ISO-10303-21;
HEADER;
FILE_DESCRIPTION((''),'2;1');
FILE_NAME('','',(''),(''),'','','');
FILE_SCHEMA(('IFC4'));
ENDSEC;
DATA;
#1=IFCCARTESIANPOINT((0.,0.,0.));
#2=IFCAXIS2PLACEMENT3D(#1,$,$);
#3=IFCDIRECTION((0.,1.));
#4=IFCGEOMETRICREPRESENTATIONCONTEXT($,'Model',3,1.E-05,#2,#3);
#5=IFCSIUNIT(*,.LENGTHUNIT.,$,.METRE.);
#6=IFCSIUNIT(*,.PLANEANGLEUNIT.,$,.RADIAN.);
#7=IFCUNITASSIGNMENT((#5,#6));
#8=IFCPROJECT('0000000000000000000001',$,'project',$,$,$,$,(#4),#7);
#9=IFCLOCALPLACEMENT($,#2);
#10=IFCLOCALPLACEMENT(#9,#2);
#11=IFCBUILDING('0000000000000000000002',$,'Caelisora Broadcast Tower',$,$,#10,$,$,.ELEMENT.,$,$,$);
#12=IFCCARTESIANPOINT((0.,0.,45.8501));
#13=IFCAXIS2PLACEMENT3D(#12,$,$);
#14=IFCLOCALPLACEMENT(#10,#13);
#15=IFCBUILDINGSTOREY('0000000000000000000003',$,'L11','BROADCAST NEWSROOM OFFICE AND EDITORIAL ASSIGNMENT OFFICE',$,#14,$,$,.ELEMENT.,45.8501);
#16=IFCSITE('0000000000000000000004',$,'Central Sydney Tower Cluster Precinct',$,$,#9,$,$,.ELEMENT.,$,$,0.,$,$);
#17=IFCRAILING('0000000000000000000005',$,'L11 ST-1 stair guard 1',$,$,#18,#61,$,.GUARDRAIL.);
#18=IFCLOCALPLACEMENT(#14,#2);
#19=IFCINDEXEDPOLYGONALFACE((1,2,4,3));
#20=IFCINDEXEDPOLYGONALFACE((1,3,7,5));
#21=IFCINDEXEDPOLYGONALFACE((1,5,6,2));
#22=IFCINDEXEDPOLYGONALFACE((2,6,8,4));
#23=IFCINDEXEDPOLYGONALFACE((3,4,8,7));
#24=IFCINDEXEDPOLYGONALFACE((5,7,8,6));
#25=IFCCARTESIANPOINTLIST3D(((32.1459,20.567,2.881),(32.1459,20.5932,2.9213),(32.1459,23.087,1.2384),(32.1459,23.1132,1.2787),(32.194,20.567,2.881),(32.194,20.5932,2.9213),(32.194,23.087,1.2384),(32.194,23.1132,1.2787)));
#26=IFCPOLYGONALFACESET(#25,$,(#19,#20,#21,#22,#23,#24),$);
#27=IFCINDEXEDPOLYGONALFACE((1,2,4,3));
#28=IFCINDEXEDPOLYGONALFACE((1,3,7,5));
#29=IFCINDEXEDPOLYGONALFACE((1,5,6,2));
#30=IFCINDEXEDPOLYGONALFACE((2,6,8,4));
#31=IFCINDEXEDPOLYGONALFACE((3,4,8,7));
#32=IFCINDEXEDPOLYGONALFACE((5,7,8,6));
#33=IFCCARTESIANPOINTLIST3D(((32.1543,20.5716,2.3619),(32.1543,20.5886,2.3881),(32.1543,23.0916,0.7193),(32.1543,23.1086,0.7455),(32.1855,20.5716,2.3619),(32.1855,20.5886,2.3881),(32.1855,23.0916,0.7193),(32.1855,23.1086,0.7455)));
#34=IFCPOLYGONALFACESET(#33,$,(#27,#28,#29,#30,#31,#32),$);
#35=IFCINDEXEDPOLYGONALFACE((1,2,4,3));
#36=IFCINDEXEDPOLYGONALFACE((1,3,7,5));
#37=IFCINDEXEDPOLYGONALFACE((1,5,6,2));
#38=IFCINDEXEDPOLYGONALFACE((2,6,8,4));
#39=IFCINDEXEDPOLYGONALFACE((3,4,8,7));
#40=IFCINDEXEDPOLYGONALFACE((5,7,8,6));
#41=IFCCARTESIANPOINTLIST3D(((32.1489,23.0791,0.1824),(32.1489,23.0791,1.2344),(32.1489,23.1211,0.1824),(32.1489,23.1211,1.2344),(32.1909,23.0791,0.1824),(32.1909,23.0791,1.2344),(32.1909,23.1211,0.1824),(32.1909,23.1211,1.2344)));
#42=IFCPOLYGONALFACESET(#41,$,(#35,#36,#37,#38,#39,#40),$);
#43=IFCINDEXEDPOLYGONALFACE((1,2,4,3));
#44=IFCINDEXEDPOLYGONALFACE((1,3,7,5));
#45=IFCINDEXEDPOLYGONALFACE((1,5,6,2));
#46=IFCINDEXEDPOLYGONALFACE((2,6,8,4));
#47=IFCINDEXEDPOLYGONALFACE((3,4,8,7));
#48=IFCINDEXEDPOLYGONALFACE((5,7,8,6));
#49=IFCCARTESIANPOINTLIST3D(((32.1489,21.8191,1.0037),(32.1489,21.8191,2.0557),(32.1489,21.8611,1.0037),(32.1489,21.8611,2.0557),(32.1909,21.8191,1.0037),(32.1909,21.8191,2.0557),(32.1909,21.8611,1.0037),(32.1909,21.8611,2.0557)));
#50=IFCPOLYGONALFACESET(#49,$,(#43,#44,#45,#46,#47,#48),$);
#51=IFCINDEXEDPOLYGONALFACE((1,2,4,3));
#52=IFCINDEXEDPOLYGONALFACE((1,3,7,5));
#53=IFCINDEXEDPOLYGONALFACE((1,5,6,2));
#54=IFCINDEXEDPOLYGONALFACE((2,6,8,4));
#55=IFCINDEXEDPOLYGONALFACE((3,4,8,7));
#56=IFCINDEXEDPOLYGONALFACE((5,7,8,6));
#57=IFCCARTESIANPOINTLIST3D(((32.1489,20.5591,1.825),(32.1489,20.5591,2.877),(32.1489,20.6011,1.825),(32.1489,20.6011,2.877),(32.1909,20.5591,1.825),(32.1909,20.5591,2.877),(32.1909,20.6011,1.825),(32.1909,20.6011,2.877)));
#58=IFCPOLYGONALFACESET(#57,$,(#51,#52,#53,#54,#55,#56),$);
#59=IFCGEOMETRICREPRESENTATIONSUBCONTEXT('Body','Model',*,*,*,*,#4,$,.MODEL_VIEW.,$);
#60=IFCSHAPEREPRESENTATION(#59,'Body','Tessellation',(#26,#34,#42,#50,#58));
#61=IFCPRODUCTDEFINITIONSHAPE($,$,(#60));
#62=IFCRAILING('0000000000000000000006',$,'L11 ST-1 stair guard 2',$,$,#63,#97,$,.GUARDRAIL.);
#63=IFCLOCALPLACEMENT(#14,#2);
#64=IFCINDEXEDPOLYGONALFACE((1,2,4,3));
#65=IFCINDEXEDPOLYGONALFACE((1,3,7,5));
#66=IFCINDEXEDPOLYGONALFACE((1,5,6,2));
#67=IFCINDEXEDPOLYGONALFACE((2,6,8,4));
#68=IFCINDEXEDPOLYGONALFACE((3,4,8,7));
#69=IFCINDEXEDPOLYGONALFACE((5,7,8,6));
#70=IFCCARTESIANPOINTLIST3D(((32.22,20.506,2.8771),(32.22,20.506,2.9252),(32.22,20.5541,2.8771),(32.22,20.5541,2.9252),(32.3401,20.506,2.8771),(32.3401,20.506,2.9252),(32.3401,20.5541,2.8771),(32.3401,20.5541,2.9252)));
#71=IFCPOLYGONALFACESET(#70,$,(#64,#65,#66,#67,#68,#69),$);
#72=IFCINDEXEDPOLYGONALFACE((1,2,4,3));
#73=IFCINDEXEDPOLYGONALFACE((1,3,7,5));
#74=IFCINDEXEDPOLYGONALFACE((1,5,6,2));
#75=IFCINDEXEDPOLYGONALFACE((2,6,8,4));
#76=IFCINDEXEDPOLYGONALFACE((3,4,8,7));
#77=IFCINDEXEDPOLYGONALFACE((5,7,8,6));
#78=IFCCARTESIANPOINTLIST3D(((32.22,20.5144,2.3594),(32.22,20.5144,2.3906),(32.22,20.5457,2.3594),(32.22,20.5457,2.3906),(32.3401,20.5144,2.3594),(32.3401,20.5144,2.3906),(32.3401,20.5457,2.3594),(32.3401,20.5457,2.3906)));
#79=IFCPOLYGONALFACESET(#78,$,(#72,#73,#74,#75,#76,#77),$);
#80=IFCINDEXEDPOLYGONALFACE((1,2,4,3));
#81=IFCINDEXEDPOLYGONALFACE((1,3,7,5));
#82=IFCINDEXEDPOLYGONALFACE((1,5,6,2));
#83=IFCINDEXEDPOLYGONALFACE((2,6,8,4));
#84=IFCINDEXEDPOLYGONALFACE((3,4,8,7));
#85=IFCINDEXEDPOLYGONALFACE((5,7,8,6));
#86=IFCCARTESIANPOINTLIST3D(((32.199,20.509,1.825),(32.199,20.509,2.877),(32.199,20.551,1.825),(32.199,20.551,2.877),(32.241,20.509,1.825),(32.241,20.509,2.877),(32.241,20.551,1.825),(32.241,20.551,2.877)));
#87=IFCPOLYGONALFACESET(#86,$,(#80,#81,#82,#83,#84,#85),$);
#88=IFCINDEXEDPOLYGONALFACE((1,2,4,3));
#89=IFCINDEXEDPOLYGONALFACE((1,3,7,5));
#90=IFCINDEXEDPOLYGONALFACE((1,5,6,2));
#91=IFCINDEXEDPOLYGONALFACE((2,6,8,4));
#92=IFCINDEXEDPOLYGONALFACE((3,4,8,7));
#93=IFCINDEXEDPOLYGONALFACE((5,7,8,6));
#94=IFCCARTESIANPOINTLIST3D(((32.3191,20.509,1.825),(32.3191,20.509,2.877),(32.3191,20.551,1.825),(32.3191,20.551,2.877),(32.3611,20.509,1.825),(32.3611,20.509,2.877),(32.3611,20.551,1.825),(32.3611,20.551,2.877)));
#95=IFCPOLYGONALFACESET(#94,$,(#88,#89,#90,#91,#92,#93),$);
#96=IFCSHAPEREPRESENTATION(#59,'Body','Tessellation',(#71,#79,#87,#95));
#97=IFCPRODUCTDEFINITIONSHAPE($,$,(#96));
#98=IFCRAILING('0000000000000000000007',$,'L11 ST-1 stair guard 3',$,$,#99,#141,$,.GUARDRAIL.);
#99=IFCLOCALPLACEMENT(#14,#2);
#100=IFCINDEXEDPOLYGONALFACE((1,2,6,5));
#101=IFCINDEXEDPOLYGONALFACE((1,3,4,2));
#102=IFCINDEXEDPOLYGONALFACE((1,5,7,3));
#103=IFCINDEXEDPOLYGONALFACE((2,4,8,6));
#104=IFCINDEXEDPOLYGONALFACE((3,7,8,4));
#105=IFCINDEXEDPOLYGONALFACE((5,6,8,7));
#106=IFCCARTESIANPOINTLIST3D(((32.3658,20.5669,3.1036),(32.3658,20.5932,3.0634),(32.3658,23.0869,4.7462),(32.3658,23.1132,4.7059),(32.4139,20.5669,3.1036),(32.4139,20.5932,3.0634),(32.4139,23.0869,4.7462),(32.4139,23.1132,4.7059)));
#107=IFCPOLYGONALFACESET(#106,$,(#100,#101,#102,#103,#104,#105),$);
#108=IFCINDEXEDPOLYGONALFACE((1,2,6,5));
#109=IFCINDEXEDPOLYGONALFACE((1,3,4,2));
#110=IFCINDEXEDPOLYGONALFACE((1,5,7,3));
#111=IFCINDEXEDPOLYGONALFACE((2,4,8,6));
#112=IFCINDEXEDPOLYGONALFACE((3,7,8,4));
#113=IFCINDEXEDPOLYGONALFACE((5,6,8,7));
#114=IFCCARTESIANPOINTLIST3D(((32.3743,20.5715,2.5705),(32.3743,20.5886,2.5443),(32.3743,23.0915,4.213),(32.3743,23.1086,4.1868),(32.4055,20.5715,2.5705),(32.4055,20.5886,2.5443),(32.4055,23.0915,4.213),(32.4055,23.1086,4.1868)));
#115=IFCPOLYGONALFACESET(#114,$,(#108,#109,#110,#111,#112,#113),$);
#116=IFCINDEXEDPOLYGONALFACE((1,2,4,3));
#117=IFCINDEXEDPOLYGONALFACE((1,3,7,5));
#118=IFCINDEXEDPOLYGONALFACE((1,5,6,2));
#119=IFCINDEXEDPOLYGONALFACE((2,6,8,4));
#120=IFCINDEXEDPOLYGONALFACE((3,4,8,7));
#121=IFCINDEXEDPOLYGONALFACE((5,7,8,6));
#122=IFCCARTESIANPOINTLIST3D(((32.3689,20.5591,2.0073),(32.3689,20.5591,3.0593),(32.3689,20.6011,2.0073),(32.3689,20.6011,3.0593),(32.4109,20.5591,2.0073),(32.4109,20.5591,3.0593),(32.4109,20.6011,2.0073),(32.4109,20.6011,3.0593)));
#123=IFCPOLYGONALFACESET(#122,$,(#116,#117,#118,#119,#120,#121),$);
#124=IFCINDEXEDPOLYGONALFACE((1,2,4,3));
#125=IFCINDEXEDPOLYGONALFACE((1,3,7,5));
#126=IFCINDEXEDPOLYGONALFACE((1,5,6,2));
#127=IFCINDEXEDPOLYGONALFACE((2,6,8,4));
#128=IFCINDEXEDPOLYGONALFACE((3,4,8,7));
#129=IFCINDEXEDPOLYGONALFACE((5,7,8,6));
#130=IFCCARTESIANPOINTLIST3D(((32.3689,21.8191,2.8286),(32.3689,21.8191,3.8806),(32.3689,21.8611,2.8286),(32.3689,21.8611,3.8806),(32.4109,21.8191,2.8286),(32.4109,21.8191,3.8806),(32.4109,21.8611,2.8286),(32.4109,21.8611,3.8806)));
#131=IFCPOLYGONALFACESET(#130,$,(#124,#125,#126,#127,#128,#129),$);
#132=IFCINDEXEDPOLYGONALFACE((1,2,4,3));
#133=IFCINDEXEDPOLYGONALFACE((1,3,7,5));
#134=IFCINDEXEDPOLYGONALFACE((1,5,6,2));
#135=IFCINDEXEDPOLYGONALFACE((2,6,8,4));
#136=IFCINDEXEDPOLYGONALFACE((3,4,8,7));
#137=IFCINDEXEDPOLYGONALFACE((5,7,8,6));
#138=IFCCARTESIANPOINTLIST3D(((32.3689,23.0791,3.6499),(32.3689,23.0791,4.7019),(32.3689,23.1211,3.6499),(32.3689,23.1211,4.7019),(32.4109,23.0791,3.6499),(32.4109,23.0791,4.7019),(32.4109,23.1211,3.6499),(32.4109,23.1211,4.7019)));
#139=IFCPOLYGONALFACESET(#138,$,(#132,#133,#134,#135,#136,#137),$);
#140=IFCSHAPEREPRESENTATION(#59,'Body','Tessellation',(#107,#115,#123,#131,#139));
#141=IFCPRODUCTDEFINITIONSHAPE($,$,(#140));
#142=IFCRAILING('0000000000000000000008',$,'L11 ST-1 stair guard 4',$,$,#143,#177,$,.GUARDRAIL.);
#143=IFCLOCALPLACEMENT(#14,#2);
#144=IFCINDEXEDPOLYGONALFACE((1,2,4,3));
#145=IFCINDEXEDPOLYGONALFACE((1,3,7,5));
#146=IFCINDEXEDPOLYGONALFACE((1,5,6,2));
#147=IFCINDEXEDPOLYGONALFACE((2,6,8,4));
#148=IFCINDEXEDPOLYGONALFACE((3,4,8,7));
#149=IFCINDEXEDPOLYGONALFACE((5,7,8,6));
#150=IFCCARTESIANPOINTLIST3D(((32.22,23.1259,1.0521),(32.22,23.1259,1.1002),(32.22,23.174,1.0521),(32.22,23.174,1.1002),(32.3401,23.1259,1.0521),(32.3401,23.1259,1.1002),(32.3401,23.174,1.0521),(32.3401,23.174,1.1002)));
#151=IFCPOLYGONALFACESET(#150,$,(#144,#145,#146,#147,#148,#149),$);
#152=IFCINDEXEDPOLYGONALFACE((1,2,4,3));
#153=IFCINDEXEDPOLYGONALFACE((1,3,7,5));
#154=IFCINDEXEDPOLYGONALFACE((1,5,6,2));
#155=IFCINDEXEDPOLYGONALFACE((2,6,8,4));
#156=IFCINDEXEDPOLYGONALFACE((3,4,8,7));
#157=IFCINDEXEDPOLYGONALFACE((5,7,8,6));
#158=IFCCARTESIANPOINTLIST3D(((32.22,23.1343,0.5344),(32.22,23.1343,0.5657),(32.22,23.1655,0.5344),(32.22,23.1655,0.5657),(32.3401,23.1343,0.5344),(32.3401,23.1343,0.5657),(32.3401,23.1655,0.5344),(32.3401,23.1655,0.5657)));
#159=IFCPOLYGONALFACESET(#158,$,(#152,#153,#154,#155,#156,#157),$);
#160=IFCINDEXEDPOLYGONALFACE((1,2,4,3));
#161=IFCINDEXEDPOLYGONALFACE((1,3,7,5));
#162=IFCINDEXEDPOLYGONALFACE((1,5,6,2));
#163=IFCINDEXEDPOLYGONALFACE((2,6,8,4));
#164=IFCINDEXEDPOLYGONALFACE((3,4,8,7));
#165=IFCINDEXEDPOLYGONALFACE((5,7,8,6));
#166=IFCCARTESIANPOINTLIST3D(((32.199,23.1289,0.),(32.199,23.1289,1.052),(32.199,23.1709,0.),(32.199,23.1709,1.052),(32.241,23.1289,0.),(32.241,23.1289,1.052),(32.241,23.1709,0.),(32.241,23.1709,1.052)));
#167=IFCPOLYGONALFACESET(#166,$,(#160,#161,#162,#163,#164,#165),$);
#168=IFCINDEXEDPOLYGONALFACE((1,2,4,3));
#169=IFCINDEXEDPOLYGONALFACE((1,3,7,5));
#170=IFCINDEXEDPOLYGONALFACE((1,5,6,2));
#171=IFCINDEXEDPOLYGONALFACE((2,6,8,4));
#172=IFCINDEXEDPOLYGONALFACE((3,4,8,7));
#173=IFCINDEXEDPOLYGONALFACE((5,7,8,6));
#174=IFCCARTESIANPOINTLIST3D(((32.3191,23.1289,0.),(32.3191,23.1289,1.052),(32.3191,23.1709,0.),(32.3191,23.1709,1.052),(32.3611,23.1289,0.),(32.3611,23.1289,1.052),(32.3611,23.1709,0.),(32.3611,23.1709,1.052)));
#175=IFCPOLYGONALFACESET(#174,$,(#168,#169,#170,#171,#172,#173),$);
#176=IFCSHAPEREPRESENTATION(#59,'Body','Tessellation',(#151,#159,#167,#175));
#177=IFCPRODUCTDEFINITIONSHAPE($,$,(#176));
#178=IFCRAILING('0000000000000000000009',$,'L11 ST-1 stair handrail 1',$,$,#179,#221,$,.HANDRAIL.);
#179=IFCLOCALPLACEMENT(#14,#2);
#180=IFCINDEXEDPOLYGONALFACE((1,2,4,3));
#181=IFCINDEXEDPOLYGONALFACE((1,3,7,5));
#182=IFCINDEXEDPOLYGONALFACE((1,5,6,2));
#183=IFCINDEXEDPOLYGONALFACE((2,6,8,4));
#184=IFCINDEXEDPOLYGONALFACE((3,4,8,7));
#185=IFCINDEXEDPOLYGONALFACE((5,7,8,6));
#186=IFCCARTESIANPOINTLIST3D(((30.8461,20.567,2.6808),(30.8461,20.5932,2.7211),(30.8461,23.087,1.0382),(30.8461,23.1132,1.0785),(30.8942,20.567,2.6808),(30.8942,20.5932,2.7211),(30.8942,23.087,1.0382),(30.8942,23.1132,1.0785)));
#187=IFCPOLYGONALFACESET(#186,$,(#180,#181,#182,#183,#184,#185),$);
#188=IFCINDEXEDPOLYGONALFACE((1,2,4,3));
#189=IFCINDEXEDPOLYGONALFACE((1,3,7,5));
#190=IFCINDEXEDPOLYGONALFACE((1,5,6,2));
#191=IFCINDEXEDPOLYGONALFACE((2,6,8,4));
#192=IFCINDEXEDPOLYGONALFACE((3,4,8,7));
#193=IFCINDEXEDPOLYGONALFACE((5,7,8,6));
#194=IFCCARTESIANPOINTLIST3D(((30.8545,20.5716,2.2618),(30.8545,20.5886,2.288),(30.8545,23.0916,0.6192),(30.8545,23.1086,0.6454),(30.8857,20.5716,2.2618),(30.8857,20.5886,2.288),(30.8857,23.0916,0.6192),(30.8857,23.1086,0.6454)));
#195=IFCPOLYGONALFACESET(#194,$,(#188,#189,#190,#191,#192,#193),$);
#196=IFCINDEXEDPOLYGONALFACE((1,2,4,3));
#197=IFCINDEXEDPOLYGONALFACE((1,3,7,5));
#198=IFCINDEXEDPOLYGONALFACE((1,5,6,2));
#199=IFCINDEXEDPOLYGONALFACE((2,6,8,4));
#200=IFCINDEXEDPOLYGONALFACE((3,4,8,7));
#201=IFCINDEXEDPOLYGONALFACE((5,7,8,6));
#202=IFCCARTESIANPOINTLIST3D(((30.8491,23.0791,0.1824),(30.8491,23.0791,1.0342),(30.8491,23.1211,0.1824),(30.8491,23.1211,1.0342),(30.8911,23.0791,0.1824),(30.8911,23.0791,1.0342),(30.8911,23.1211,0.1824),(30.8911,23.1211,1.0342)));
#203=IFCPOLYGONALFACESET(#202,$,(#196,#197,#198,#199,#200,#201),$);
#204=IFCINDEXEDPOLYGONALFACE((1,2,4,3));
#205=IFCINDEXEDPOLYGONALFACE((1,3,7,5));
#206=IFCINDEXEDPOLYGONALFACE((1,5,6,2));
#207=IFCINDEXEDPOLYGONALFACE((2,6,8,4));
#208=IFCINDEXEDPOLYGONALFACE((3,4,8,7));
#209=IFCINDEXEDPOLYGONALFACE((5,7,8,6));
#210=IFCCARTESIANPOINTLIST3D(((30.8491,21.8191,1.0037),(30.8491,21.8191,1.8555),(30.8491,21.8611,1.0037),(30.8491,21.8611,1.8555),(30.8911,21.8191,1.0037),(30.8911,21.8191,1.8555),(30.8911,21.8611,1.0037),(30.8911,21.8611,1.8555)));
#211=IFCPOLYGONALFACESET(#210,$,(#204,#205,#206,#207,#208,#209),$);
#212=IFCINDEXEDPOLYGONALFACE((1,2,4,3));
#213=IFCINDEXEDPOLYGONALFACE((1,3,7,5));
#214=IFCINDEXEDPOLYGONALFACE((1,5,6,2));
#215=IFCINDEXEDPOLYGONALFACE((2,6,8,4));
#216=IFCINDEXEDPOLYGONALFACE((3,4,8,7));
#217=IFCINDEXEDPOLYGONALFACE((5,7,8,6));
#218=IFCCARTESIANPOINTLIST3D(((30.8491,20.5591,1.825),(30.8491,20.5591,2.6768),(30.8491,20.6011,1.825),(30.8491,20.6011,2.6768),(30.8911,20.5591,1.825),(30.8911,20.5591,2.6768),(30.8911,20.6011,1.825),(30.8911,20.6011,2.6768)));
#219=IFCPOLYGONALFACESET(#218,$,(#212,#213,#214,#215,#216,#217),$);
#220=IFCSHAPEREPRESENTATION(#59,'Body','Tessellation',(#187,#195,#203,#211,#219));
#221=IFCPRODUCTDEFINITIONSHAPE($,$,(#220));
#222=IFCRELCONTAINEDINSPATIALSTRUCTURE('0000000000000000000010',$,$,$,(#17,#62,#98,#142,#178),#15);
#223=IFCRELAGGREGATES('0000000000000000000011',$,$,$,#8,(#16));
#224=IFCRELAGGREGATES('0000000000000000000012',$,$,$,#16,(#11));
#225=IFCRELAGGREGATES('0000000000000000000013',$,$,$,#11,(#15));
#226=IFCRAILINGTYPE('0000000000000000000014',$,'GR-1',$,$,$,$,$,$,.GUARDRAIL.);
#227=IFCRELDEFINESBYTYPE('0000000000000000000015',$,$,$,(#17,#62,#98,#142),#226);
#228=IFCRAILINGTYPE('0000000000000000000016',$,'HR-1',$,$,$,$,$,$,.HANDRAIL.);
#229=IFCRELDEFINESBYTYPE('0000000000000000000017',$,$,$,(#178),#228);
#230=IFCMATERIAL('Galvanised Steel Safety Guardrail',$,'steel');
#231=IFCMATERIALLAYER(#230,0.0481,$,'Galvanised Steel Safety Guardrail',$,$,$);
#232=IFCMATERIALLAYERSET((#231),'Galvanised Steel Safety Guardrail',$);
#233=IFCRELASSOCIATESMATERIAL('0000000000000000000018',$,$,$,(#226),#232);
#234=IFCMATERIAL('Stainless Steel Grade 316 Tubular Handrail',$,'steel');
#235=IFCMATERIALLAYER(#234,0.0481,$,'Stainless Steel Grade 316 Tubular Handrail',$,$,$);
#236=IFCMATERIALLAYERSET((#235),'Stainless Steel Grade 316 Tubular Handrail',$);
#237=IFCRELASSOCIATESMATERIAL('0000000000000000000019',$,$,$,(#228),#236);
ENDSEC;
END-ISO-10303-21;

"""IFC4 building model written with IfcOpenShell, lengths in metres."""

from ifc_helpers import new_model, si_unit, direction, frame, origin, origin_2d, place, context, subcontext, project, spatial, rectangle, extrude, material, layer, layer_set, type_object, element, save


model = new_model("IFC4")

# Units and contexts
model_context = context("Model", 3, precision=1e-05, world=origin(), true_north=direction((0.0, 1.0)))
body_context = subcontext(model_context, "Body", "Model", "MODEL_VIEW")
ifc_project = project(units=[si_unit("LENGTHUNIT", "METRE"), si_unit("PLANEANGLEUNIT", "RADIAN")], contexts=[model_context])

# Site, building, storey
site_placement = place(None, origin())
site = spatial("IfcSite", under=ifc_project, at=site_placement, Name="Central Sydney Tower Cluster Precinct", CompositionType="ELEMENT", RefElevation=0.0)
building_placement = place(site_placement, origin())
building = spatial("IfcBuilding", under=site, at=building_placement, Name="Caelisora Broadcast Tower", CompositionType="ELEMENT")
storey_placement = place(building_placement, frame((0.0, 0.0, 45.8501)))
storey = spatial("IfcBuildingStorey", under=building, at=storey_placement, Name="L11", Description="BROADCAST NEWSROOM OFFICE AND EDITORIAL ASSIGNMENT OFFICE", CompositionType="ELEMENT", Elevation=45.8501)

# Railings
ifc_material_1 = material(Name="Galvanised Steel Safety Guardrail", Category="steel")
ifc_layer_1 = layer(ifc_material_1, 0.0481, Name="Galvanised Steel Safety Guardrail")
ifc_layer_set_1 = layer_set([ifc_layer_1], Name="Galvanised Steel Safety Guardrail")
railing_type_1 = type_object("IfcRailingType", Name="GR-1", PredefinedType="GUARDRAIL", material=ifc_layer_set_1)
railing_1_placement = place(storey_placement, frame((32.1699, 23.1001, 0.1824)))
element("IfcRailing", 1, at=railing_1_placement, inside=storey, type_object=railing_type_1, Name="L11 ST-1 stair guard 1", PredefinedType="GUARDRAIL", context=body_context, shape_type="SweptSolid", body=[
    extrude(rectangle(XDim=0.0481, YDim=0.0481, at=origin_2d()), frame((0.0, 0.0, 1.0762), z_axis=(0.0, -0.837749, 0.546055), x_axis=(1.0, 0.0, 0.0)), (0.0, 0.0, 1.0), 3.0081),
    extrude(rectangle(XDim=0.0312, YDim=0.0312, at=origin_2d()), frame((0.0, 0.0, 0.55), z_axis=(0.0, -0.837749, 0.546055), x_axis=(1.0, 0.0, 0.0)), (0.0, 0.0, 1.0), 3.0081),
    extrude(rectangle(XDim=0.042, YDim=0.042, at=origin_2d()), origin(), (0.0, 0.0, 1.0), 1.052),
    extrude(rectangle(XDim=0.042, YDim=0.042, at=origin_2d()), frame((0.0, -1.26, 0.8213)), (0.0, 0.0, 1.0), 1.052),
    extrude(rectangle(XDim=0.042, YDim=0.042, at=origin_2d()), frame((0.0, -2.52, 1.6426)), (0.0, 0.0, 1.0), 1.052),
])
railing_2_placement = place(storey_placement, frame((32.22, 20.53, 1.825)))
element("IfcRailing", 2, at=railing_2_placement, inside=storey, type_object=railing_type_1, Name="L11 ST-1 stair guard 2", PredefinedType="GUARDRAIL", context=body_context, shape_type="SweptSolid", body=[
    extrude(rectangle(XDim=0.0481, YDim=0.0481, at=origin_2d()), frame((0.0, 0.0, 1.0762), z_axis=(1.0, 0.0, 0.0), x_axis=(0.0, 1.0, 0.0)), (0.0, 0.0, 1.0), 0.1201),
    extrude(rectangle(XDim=0.0312, YDim=0.0312, at=origin_2d()), frame((0.0, 0.0, 0.55), z_axis=(1.0, 0.0, 0.0), x_axis=(0.0, 1.0, 0.0)), (0.0, 0.0, 1.0), 0.1201),
    extrude(rectangle(XDim=0.042, YDim=0.042, at=origin_2d()), origin(), (0.0, 0.0, 1.0), 1.052),
    extrude(rectangle(XDim=0.042, YDim=0.042, at=origin_2d()), frame((0.1201, 0.0, 0.0)), (0.0, 0.0, 1.0), 1.052),
])
railing_3_placement = place(storey_placement, frame((32.3899, 20.5801, 2.0073)))
element("IfcRailing", 3, at=railing_3_placement, inside=storey, type_object=railing_type_1, Name="L11 ST-1 stair guard 3", PredefinedType="GUARDRAIL", context=body_context, shape_type="SweptSolid", body=[
    extrude(rectangle(XDim=0.0481, YDim=0.0481, at=origin_2d()), frame((0.0, 0.0, 1.0762), z_axis=(0.0, 0.837749, 0.546055), x_axis=(-1.0, 0.0, 0.0)), (0.0, 0.0, 1.0), 3.0081),
    extrude(rectangle(XDim=0.0312, YDim=0.0312, at=origin_2d()), frame((0.0, 0.0, 0.55), z_axis=(0.0, 0.837749, 0.546055), x_axis=(-1.0, 0.0, 0.0)), (0.0, 0.0, 1.0), 3.0081),
    extrude(rectangle(XDim=0.042, YDim=0.042, at=origin_2d()), origin(), (0.0, 0.0, 1.0), 1.052),
    extrude(rectangle(XDim=0.042, YDim=0.042, at=origin_2d()), frame((0.0, 1.26, 0.8213)), (0.0, 0.0, 1.0), 1.052),
    extrude(rectangle(XDim=0.042, YDim=0.042, at=origin_2d()), frame((0.0, 2.52, 1.6426)), (0.0, 0.0, 1.0), 1.052),
])
railing_4_placement = place(storey_placement, frame((32.22, 23.1499, 0.0)))
element("IfcRailing", 4, at=railing_4_placement, inside=storey, type_object=railing_type_1, Name="L11 ST-1 stair guard 4", PredefinedType="GUARDRAIL", context=body_context, shape_type="SweptSolid", body=[
    extrude(rectangle(XDim=0.0481, YDim=0.0481, at=origin_2d()), frame((0.0, 0.0, 1.0762), z_axis=(1.0, 0.0, 0.0), x_axis=(0.0, 1.0, 0.0)), (0.0, 0.0, 1.0), 0.1201),
    extrude(rectangle(XDim=0.0312, YDim=0.0312, at=origin_2d()), frame((0.0, 0.0, 0.55), z_axis=(1.0, 0.0, 0.0), x_axis=(0.0, 1.0, 0.0)), (0.0, 0.0, 1.0), 0.1201),
    extrude(rectangle(XDim=0.042, YDim=0.042, at=origin_2d()), origin(), (0.0, 0.0, 1.0), 1.052),
    extrude(rectangle(XDim=0.042, YDim=0.042, at=origin_2d()), frame((0.1201, 0.0, 0.0)), (0.0, 0.0, 1.0), 1.052),
])
ifc_material_2 = material(Name="Stainless Steel Grade 316 Tubular Handrail", Category="steel")
ifc_layer_2 = layer(ifc_material_2, 0.0481, Name="Stainless Steel Grade 316 Tubular Handrail")
ifc_layer_set_2 = layer_set([ifc_layer_2], Name="Stainless Steel Grade 316 Tubular Handrail")
railing_type_2 = type_object("IfcRailingType", Name="HR-1", PredefinedType="HANDRAIL", material=ifc_layer_set_2)
railing_5_placement = place(storey_placement, frame((30.8701, 23.1001, 0.1824)))
element("IfcRailing", 5, at=railing_5_placement, inside=storey, type_object=railing_type_2, Name="L11 ST-1 stair handrail 1", PredefinedType="HANDRAIL", context=body_context, shape_type="SweptSolid", body=[
    extrude(rectangle(XDim=0.0481, YDim=0.0481, at=origin_2d()), frame((0.0, 0.0, 0.876), z_axis=(0.0, -0.837749, 0.546055), x_axis=(1.0, 0.0, 0.0)), (0.0, 0.0, 1.0), 3.0081),
    extrude(rectangle(XDim=0.0312, YDim=0.0312, at=origin_2d()), frame((0.0, 0.0, 0.45), z_axis=(0.0, -0.837749, 0.546055), x_axis=(1.0, 0.0, 0.0)), (0.0, 0.0, 1.0), 3.0081),
    extrude(rectangle(XDim=0.042, YDim=0.042, at=origin_2d()), origin(), (0.0, 0.0, 1.0), 0.8518),
    extrude(rectangle(XDim=0.042, YDim=0.042, at=origin_2d()), frame((0.0, -1.26, 0.8213)), (0.0, 0.0, 1.0), 0.8518),
    extrude(rectangle(XDim=0.042, YDim=0.042, at=origin_2d()), frame((0.0, -2.52, 1.6426)), (0.0, 0.0, 1.0), 0.8518),
])

save(model, "model.ifc")
